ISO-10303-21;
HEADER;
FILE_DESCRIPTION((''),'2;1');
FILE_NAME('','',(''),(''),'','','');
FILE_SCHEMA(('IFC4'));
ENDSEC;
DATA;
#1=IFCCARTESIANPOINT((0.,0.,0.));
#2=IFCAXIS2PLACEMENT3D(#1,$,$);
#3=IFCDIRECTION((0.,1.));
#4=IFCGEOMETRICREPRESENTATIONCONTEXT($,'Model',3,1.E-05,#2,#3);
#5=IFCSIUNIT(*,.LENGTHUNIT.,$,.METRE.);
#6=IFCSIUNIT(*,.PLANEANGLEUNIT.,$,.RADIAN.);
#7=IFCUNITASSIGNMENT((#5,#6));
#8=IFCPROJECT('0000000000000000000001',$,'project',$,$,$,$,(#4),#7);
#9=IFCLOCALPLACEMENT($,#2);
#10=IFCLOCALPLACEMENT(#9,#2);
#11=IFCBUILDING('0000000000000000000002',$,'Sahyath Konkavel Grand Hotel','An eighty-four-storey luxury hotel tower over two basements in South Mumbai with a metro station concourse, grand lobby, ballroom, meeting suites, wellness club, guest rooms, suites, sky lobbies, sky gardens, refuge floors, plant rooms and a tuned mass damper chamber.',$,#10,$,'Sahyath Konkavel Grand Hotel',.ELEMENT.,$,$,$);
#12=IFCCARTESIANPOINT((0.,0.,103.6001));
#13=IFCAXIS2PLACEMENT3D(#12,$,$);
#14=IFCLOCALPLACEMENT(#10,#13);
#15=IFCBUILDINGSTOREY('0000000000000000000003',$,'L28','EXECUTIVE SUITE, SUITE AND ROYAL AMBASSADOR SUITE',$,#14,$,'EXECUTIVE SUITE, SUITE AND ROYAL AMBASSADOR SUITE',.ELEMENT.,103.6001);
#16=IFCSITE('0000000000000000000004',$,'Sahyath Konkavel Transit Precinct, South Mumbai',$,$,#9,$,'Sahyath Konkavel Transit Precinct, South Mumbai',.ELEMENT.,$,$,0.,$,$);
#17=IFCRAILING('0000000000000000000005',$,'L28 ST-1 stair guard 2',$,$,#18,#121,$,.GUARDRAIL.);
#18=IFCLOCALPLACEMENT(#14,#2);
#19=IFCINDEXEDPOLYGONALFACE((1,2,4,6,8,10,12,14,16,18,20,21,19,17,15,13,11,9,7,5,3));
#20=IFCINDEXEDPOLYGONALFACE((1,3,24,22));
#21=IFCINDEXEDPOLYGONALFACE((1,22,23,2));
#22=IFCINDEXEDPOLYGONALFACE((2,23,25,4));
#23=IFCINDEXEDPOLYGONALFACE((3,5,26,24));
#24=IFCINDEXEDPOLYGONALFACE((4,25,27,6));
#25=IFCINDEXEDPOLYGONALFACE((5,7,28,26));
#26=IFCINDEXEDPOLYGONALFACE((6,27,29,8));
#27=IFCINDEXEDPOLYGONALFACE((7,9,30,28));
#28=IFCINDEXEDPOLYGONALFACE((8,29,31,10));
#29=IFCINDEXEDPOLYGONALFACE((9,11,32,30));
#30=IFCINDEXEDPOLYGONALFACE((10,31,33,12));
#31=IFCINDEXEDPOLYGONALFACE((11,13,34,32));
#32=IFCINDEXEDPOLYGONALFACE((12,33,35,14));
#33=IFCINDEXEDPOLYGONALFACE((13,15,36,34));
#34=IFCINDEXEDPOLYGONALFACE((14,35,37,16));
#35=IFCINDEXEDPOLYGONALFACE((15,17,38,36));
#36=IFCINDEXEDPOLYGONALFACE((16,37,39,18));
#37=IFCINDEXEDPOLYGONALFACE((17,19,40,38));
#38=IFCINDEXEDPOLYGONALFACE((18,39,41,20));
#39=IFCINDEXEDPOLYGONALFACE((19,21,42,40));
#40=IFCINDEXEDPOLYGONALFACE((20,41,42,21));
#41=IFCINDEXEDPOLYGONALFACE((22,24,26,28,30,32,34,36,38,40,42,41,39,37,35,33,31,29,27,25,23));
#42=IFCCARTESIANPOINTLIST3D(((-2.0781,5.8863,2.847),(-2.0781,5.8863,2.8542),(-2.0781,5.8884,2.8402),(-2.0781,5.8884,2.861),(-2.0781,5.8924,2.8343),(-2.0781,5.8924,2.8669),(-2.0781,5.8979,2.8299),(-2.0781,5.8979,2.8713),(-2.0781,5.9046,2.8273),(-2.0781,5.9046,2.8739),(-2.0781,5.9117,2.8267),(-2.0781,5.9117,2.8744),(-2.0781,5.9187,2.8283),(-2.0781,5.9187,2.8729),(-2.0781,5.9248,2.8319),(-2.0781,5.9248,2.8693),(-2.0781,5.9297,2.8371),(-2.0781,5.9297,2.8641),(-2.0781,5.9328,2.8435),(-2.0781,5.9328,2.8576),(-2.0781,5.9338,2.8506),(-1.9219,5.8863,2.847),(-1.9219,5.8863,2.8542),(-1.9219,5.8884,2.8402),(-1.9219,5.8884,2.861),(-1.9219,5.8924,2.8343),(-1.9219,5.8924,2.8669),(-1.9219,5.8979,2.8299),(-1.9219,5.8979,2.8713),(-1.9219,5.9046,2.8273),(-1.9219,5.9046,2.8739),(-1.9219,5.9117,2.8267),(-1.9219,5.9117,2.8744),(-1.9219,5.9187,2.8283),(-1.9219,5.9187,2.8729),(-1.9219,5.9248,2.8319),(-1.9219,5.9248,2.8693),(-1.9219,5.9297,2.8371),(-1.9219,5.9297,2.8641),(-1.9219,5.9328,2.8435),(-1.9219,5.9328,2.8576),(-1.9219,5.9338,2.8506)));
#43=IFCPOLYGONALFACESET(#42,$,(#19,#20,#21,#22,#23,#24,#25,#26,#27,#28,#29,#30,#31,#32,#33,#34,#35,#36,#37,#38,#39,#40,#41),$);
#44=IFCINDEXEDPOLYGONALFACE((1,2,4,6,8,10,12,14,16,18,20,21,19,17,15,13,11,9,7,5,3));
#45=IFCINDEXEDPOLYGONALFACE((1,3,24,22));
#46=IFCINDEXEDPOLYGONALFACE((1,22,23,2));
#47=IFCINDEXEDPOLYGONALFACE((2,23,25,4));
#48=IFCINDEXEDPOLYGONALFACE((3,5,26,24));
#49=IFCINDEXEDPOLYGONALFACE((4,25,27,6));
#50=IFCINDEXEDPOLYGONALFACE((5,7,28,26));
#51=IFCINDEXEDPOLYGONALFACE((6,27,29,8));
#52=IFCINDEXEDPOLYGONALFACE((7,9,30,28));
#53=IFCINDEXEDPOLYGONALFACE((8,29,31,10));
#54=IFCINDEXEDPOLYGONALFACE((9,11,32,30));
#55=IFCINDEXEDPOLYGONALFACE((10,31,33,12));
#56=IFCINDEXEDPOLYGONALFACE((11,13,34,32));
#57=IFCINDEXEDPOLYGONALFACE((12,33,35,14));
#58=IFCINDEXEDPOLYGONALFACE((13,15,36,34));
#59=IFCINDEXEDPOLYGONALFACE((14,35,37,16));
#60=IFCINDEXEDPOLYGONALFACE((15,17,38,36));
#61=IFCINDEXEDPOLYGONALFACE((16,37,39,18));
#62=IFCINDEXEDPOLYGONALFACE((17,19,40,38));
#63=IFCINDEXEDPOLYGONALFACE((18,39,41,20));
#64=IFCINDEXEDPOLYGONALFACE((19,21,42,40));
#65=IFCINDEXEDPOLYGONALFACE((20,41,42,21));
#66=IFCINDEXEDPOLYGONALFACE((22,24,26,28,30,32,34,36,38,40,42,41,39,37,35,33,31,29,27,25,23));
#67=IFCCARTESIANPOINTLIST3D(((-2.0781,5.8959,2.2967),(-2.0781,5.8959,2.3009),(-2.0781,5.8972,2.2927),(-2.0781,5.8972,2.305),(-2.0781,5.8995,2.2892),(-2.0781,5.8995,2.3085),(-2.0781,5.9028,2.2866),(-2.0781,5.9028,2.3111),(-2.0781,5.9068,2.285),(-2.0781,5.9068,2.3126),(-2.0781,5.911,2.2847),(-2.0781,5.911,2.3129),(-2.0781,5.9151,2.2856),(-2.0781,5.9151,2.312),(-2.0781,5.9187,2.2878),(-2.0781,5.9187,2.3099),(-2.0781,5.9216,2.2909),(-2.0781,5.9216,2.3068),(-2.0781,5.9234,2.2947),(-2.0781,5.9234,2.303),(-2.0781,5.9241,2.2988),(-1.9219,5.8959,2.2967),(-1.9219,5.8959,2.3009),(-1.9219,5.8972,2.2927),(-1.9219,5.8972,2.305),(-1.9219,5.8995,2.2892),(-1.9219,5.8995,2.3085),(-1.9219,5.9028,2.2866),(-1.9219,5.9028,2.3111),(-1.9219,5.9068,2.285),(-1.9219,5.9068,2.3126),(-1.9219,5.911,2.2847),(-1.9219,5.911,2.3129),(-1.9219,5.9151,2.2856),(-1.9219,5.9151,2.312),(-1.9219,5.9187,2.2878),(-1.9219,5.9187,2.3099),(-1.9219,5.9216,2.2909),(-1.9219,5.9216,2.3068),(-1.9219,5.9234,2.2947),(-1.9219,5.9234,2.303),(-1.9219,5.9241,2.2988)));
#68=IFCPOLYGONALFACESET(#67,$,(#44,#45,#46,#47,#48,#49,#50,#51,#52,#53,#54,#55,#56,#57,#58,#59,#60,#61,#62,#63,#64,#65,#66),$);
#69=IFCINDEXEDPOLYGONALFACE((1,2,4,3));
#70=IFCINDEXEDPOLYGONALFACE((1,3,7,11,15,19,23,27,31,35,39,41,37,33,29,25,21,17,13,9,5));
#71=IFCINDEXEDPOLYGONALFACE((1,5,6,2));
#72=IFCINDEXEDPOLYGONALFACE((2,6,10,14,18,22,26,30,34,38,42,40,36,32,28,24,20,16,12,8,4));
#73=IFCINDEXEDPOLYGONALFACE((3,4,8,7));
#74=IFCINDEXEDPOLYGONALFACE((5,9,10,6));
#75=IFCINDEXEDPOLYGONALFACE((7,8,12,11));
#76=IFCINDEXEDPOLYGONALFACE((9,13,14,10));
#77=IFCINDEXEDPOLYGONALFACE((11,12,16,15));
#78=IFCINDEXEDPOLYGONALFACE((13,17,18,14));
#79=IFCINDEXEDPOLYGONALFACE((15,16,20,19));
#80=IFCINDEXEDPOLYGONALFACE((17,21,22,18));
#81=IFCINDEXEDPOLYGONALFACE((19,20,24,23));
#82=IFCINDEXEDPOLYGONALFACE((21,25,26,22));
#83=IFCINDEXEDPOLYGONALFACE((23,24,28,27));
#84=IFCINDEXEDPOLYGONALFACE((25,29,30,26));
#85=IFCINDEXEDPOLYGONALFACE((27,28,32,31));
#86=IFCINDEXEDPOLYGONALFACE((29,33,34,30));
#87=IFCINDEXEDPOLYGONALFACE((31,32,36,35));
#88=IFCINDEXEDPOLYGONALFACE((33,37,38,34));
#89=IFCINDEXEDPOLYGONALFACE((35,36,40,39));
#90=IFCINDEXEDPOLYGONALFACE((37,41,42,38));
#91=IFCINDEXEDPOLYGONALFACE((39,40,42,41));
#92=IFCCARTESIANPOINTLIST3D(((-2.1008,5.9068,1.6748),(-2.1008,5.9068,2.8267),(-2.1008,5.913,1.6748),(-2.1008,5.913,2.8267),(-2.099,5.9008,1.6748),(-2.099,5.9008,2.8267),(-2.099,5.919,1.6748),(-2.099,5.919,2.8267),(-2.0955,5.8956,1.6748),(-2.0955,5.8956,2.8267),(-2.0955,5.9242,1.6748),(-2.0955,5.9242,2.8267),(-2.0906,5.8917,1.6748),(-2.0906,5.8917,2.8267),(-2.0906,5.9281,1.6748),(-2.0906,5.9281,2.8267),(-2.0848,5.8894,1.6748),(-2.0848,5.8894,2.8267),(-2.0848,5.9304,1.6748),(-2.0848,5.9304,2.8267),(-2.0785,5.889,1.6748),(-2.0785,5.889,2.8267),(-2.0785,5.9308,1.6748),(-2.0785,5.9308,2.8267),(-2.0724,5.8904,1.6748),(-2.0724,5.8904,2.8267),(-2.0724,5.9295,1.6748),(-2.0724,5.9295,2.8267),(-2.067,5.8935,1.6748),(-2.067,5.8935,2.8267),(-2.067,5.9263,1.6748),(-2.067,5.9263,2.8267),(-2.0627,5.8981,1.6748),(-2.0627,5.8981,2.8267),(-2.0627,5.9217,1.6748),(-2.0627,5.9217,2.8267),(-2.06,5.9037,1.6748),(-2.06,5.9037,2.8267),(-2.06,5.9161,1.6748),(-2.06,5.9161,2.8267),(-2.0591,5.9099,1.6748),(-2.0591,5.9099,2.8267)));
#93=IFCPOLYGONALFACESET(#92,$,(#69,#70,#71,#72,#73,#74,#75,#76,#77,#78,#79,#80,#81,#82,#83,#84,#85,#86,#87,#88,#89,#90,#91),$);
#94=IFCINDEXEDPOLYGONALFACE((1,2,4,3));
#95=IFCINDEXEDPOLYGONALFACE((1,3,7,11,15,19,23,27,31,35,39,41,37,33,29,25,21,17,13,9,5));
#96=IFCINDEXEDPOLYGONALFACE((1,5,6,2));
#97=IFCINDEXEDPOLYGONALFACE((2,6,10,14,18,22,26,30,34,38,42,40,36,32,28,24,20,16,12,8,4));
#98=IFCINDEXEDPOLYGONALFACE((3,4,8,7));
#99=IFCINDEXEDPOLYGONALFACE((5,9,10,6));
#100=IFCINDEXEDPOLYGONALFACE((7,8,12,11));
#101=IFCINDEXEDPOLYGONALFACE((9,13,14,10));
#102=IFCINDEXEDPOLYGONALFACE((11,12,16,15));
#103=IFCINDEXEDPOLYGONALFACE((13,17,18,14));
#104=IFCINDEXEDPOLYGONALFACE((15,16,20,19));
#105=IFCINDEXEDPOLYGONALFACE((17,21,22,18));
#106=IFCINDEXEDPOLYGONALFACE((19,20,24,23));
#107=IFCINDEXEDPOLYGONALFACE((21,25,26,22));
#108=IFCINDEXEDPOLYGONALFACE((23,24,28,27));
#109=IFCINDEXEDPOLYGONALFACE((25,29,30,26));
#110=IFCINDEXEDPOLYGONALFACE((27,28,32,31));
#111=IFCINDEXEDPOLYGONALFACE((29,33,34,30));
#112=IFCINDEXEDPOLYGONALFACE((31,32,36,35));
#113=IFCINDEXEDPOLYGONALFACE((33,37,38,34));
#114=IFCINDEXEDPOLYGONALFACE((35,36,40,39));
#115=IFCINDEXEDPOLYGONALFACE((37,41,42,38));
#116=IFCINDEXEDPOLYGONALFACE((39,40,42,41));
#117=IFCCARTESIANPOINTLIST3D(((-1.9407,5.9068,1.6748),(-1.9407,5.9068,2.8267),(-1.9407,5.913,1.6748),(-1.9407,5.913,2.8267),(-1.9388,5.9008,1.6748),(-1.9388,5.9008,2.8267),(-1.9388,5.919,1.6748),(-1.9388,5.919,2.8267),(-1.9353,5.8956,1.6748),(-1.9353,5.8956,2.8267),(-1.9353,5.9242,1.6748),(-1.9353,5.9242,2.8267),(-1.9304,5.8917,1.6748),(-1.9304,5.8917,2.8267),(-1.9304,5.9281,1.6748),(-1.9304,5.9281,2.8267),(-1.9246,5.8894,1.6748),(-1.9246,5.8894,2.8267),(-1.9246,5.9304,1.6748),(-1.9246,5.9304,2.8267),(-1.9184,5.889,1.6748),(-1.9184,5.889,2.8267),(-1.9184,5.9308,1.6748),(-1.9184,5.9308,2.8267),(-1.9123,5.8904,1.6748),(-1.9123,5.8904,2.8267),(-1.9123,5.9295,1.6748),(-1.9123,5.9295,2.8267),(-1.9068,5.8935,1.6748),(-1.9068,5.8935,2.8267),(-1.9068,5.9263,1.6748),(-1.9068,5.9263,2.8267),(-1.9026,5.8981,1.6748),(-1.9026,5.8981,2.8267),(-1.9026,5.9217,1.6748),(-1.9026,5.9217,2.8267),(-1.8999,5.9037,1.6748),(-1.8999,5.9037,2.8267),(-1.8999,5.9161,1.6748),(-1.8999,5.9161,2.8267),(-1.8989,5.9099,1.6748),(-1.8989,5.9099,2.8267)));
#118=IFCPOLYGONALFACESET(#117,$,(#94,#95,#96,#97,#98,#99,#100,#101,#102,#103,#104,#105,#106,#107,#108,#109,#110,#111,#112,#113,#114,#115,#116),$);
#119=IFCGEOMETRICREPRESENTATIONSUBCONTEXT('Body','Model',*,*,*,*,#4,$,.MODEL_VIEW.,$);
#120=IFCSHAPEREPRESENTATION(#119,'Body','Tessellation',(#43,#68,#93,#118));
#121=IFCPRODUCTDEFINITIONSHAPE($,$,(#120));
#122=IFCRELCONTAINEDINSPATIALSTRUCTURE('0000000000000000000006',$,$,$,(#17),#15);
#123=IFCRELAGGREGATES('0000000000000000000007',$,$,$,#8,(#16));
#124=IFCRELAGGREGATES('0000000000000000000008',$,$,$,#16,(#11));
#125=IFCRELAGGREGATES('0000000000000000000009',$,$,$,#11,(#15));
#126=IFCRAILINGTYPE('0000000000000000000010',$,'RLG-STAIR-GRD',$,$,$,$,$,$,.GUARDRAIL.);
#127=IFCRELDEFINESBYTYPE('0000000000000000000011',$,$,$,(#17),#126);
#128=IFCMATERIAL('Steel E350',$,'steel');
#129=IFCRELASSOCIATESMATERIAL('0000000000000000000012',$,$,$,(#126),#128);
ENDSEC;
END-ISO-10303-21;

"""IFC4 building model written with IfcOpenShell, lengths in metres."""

from ifc_helpers import new_model, si_unit, direction, frame, origin, origin_2d, place, context, subcontext, project, spatial, circle, extrude, material, type_object, element, save


model = new_model("IFC4")

# Units and contexts
model_context = context("Model", 3, precision=1e-05, world=origin(), true_north=direction((0.0, 1.0)))
body_context = subcontext(model_context, "Body", "Model", "MODEL_VIEW")
ifc_project = project(units=[si_unit("LENGTHUNIT", "METRE"), si_unit("PLANEANGLEUNIT", "RADIAN")], contexts=[model_context])

# Site, building, storey
site_placement = place(None, origin())
site = spatial("IfcSite", under=ifc_project, at=site_placement, Name="Sahyath Konkavel Transit Precinct, South Mumbai", LongName="Sahyath Konkavel Transit Precinct, South Mumbai", CompositionType="ELEMENT", RefElevation=0.0)
building_placement = place(site_placement, origin())
building = spatial("IfcBuilding", under=site, at=building_placement, Name="Sahyath Konkavel Grand Hotel", Description="An eighty-four-storey luxury hotel tower over two basements in South Mumbai with a metro station concourse, grand lobby, ballroom, meeting suites, wellness club, guest rooms, suites, sky lobbies, sky gardens, refuge floors, plant rooms and a tuned mass damper chamber.", LongName="Sahyath Konkavel Grand Hotel", CompositionType="ELEMENT")
storey_placement = place(building_placement, frame((0.0, 0.0, 103.6001)))
storey = spatial("IfcBuildingStorey", under=building, at=storey_placement, Name="L28", Description="EXECUTIVE SUITE, SUITE AND ROYAL AMBASSADOR SUITE", LongName="EXECUTIVE SUITE, SUITE AND ROYAL AMBASSADOR SUITE", CompositionType="ELEMENT", Elevation=103.6001)

# Shared definitions
ifc_material_1 = material(Name="Steel E350", Category="steel")

# Railing
railing_type_1 = type_object("IfcRailingType", Name="RLG-STAIR-GRD", PredefinedType="GUARDRAIL", material=ifc_material_1)
railing_1_placement = place(storey_placement, frame((-2.0801, 5.9099, 1.6748)))
element("IfcRailing", 1, at=railing_1_placement, inside=storey, type_object=railing_type_1, Name="L28 ST-1 stair guard 2", PredefinedType="GUARDRAIL", context=body_context, shape_type="SweptSolid", body=[
    extrude(circle(Radius=0.0239, at=origin_2d()), frame((0.002, 0.0, 1.1758), z_axis=(1.0, 0.0, 0.0), x_axis=(0.0, 1.0, 0.0)), (0.0, 0.0, 1.0), 0.1562),
    extrude(circle(Radius=0.0142, at=origin_2d()), frame((0.002, 0.0, 0.624), z_axis=(1.0, 0.0, 0.0), x_axis=(0.0, 1.0, 0.0)), (0.0, 0.0, 1.0), 0.1562),
    extrude(circle(Radius=0.021, at=origin_2d()), origin(), (0.0, 0.0, 1.0), 1.1519),
    extrude(circle(Radius=0.021, at=origin_2d()), frame((0.1602, 0.0, 0.0)), (0.0, 0.0, 1.0), 1.1519),
])

save(model, "model.ifc")
